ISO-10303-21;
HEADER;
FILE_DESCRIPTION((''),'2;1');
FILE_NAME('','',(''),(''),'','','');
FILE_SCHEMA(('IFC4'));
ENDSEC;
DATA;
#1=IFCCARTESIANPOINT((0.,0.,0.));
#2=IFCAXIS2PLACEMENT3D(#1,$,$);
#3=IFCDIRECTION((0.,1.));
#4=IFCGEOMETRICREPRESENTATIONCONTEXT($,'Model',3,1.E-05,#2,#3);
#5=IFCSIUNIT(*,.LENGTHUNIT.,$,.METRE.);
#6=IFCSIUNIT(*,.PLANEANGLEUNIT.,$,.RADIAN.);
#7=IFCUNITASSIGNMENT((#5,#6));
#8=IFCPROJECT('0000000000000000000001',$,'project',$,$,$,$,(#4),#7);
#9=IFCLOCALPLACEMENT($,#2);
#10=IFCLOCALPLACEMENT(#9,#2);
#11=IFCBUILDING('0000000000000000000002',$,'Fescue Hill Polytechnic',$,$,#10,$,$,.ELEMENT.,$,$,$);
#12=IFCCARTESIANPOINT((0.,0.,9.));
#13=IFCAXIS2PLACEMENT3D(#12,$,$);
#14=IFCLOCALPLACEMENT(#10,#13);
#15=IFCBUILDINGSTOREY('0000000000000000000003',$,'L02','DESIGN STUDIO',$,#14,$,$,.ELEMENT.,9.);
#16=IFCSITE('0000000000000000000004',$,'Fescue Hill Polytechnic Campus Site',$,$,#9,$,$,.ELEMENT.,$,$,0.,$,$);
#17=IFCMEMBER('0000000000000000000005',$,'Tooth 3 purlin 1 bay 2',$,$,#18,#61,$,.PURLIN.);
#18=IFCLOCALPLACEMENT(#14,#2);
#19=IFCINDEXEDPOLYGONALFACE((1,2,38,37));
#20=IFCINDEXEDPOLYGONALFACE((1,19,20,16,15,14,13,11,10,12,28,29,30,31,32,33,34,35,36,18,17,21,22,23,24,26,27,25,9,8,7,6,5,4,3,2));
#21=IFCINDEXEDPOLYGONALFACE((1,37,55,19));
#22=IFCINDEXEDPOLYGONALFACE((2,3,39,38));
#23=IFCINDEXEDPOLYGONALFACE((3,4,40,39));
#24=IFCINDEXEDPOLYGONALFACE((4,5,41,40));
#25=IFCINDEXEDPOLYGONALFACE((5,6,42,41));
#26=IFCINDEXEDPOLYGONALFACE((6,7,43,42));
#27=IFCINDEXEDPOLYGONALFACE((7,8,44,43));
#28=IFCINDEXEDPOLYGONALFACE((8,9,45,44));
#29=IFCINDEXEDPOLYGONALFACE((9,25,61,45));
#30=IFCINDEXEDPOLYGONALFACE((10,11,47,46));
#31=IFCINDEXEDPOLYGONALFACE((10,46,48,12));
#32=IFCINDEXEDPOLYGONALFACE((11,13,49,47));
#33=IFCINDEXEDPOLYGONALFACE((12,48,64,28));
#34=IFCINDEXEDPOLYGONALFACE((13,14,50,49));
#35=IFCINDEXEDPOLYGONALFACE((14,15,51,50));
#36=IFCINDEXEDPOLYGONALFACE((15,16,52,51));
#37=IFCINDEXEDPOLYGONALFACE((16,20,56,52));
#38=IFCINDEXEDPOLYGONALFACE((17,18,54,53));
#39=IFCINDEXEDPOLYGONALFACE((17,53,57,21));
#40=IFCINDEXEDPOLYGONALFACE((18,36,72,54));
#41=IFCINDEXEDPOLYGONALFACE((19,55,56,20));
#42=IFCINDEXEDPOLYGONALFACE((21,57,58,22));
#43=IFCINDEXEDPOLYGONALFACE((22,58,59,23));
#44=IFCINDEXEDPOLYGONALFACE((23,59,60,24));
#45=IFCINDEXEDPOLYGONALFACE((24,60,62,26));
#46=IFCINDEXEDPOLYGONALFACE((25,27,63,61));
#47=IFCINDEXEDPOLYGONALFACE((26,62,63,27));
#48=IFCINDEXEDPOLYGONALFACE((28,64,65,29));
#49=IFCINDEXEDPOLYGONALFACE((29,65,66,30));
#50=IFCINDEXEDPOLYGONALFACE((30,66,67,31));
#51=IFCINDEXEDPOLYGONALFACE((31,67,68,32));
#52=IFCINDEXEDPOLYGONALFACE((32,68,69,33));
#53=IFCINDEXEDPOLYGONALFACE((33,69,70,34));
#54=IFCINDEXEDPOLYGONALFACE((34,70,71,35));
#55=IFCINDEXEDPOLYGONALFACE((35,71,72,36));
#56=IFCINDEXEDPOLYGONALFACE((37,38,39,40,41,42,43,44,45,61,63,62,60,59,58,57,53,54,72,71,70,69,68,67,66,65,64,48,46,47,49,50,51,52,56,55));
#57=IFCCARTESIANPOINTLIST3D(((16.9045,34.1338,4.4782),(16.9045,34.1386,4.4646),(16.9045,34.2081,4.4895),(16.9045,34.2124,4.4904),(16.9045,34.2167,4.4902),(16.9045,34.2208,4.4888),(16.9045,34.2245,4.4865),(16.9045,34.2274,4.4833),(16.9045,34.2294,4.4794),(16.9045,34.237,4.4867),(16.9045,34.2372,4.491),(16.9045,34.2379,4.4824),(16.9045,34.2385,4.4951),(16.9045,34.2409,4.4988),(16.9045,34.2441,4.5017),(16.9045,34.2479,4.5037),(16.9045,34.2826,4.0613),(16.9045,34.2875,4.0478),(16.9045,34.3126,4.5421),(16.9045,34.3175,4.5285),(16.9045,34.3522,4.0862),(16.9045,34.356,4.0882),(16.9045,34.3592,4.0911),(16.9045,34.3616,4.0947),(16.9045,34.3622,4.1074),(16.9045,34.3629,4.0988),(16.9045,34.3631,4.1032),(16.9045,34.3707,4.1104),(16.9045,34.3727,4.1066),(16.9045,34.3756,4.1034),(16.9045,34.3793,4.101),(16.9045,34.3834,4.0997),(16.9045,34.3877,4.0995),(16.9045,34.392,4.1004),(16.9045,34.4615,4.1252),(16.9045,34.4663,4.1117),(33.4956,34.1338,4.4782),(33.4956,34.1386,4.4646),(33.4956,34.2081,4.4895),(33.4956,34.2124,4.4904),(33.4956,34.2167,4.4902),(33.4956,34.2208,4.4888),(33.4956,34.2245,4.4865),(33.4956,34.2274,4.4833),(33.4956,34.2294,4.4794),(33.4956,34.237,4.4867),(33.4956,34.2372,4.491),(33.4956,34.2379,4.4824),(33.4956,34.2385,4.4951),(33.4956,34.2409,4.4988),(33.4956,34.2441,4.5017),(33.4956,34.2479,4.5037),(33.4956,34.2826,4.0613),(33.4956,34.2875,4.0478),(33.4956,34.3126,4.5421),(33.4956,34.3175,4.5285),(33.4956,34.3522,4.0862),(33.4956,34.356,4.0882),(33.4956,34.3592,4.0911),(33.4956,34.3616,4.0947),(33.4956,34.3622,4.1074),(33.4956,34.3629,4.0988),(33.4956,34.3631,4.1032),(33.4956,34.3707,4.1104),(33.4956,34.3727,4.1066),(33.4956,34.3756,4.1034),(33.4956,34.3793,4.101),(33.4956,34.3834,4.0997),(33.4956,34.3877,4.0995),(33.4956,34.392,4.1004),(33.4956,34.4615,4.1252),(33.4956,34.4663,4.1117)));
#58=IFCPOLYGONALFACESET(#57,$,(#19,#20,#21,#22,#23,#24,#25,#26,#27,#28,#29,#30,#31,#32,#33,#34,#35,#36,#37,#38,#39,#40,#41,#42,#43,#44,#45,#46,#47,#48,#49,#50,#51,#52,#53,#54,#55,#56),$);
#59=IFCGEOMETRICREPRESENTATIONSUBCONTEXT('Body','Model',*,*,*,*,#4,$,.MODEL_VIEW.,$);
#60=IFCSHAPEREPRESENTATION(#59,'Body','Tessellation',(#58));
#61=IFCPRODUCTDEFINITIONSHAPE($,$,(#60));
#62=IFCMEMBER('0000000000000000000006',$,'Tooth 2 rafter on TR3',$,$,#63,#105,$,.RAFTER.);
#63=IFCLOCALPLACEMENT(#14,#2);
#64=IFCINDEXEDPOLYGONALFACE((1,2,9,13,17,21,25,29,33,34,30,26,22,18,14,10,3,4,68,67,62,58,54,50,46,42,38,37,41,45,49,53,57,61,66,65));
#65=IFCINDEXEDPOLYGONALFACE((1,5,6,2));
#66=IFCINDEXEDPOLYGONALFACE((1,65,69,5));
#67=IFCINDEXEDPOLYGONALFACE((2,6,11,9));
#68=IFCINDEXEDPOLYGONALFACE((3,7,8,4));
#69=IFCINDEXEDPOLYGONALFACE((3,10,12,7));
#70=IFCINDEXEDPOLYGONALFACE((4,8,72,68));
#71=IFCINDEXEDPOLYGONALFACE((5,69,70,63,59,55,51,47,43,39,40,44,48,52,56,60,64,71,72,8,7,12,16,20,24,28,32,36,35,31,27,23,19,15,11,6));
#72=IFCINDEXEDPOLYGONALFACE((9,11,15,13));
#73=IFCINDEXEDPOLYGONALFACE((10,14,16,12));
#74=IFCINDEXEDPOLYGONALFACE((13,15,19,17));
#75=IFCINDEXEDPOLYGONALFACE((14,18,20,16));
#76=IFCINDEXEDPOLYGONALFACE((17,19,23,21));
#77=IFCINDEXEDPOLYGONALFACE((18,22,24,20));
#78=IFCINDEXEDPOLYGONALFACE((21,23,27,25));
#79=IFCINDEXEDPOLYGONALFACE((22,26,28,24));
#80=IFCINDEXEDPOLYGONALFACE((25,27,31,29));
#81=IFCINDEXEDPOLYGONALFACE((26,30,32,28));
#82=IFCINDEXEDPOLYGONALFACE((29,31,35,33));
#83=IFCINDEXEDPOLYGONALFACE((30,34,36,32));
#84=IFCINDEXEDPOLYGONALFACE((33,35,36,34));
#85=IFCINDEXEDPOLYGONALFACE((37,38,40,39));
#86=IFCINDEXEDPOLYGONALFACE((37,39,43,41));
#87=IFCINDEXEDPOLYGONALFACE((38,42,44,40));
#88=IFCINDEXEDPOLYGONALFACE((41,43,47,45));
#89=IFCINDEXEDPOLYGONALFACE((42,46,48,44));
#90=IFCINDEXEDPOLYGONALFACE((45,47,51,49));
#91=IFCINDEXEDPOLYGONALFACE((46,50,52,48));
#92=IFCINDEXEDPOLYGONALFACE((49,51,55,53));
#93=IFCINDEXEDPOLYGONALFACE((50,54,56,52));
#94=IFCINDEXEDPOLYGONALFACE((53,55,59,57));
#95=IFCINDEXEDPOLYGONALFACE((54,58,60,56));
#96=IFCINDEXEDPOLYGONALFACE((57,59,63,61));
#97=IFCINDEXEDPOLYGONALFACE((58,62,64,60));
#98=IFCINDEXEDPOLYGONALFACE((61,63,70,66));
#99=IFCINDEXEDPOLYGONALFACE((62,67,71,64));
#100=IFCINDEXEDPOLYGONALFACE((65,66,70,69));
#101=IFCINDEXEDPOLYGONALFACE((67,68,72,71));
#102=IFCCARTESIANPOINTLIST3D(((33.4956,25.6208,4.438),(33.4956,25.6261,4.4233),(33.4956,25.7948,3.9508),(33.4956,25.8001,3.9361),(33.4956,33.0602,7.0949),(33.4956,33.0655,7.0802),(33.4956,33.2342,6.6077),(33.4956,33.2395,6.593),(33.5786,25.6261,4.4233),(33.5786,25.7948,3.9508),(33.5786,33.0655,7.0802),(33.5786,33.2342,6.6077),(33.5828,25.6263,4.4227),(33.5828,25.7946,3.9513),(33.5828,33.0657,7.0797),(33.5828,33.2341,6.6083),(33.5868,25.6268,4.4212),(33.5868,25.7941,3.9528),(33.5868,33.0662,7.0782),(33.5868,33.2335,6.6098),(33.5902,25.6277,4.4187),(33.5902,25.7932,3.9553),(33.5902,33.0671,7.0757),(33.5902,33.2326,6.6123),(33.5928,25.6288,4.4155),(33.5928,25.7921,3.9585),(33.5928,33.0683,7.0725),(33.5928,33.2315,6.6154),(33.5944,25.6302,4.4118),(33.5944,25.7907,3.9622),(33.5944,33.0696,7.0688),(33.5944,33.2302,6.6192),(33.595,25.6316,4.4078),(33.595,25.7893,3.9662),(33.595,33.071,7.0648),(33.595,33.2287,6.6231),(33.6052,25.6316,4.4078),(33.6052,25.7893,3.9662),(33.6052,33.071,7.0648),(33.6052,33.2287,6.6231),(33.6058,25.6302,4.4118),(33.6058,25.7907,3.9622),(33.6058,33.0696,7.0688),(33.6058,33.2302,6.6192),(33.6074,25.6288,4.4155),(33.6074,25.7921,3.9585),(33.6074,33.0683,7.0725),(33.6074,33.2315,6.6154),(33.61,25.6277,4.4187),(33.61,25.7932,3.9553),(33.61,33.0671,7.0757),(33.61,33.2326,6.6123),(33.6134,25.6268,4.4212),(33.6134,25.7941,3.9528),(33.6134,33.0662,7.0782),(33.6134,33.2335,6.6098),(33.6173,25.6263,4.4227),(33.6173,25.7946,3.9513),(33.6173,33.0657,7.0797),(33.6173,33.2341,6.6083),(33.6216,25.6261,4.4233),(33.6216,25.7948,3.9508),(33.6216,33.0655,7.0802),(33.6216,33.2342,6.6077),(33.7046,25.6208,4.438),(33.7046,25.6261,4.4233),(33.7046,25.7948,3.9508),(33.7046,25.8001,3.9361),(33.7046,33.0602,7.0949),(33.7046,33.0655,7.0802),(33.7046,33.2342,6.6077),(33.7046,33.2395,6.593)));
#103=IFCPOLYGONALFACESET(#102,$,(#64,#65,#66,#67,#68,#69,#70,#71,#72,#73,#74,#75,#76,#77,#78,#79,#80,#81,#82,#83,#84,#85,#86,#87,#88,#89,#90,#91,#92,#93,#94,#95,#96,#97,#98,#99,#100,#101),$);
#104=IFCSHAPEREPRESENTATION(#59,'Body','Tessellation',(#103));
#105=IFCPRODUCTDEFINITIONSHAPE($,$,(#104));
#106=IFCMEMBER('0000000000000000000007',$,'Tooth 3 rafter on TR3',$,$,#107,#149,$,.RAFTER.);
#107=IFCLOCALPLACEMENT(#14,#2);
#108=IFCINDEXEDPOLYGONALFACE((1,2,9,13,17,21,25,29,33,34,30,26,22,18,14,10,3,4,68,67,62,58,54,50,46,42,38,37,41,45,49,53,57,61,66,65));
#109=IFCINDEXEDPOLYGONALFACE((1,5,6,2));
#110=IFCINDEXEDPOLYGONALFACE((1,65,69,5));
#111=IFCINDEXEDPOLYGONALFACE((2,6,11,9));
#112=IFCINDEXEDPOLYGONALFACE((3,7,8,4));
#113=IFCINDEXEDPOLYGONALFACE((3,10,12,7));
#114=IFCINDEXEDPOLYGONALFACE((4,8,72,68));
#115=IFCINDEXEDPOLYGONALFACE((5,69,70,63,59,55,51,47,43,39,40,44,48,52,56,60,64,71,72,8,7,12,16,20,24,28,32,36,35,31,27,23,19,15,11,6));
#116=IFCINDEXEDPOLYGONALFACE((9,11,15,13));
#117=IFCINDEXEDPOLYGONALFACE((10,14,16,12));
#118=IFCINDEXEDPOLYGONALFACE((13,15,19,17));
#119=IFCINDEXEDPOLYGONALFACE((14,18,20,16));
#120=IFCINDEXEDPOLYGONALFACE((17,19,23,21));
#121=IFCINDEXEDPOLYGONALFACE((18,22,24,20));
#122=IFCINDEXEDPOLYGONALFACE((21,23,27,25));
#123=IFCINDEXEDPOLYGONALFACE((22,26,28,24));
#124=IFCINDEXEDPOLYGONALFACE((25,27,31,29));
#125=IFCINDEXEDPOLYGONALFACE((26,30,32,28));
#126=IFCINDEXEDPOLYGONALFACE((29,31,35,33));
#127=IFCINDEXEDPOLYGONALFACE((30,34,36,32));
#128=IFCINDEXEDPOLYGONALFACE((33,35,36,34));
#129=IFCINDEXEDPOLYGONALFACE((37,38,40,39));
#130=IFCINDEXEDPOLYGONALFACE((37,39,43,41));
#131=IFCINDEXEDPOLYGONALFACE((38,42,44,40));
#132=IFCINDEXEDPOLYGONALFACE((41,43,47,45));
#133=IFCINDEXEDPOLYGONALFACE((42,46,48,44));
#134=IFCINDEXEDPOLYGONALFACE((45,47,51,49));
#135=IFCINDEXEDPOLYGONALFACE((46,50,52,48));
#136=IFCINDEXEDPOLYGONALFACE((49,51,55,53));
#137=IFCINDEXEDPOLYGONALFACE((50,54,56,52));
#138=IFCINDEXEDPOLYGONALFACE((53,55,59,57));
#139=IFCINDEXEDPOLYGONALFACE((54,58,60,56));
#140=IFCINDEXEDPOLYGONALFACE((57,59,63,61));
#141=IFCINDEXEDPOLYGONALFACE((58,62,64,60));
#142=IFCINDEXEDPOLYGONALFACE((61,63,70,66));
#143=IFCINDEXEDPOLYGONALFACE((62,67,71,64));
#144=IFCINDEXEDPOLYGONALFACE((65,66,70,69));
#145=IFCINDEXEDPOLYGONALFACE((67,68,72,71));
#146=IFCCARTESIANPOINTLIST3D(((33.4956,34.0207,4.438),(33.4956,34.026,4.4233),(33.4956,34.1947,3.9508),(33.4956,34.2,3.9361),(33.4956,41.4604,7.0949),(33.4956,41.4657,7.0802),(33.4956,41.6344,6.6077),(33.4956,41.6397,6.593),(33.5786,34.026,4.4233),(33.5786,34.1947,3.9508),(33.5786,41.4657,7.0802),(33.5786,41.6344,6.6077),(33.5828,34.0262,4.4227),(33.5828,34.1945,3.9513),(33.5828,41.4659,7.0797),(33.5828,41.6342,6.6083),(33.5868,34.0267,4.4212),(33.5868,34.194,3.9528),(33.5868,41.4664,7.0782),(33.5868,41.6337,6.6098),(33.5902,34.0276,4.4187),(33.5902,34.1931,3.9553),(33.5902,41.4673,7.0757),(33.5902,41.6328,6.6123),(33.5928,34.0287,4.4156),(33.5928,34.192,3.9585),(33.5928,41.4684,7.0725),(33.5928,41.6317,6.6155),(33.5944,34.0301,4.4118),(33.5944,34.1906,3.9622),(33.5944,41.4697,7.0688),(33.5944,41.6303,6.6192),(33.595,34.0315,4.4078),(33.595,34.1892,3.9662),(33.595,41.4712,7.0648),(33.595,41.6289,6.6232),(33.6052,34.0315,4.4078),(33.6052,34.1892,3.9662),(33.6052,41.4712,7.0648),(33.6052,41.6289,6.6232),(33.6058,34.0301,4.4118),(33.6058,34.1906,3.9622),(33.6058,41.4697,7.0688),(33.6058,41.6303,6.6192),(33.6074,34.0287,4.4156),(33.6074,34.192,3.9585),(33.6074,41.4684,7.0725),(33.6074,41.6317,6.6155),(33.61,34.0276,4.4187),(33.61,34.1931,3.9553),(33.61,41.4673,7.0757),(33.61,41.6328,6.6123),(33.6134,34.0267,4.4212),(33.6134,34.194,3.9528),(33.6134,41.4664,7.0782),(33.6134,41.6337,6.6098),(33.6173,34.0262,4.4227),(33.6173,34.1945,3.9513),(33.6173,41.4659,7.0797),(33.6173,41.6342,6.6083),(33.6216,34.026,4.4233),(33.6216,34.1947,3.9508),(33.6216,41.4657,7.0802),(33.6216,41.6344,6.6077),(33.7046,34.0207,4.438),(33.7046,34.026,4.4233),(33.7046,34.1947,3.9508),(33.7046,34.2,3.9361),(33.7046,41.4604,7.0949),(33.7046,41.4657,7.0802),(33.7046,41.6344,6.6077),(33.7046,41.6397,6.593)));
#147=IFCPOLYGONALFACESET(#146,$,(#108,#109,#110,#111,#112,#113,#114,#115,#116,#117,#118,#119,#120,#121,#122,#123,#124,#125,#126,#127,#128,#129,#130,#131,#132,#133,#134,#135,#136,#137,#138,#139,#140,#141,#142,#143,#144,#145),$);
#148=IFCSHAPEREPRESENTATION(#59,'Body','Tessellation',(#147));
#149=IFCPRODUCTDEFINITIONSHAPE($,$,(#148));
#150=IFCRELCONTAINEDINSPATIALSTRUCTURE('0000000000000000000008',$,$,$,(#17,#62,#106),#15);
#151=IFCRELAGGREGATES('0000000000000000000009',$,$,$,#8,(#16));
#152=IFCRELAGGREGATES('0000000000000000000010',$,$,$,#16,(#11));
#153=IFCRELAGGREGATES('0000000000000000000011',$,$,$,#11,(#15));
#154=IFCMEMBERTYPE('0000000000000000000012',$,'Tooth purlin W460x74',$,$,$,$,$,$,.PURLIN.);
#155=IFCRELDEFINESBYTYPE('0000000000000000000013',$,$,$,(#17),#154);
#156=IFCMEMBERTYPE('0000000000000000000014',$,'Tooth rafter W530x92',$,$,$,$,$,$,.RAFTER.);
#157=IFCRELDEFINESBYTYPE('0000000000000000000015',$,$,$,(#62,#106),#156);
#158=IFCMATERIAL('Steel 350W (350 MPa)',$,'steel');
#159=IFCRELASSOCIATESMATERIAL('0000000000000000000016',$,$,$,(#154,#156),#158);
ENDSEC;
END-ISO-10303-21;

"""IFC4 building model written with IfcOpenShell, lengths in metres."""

from ifc_helpers import new_model, si_unit, direction, frame, origin, origin_2d, place, context, subcontext, project, spatial, i_section, extrude, material, material_profile, profile_set, type_object, element, save


model = new_model("IFC4")

# Units and contexts
model_context = context("Model", 3, precision=1e-05, world=origin(), true_north=direction((0.0, 1.0)))
body_context = subcontext(model_context, "Body", "Model", "MODEL_VIEW")
ifc_project = project(units=[si_unit("LENGTHUNIT", "METRE"), si_unit("PLANEANGLEUNIT", "RADIAN")], contexts=[model_context])

# Site, building, storey
site_placement = place(None, origin())
site = spatial("IfcSite", under=ifc_project, at=site_placement, Name="Fescue Hill Polytechnic Campus Site", CompositionType="ELEMENT", RefElevation=0.0)
building_placement = place(site_placement, origin())
building = spatial("IfcBuilding", under=site, at=building_placement, Name="Fescue Hill Polytechnic", CompositionType="ELEMENT")
storey_placement = place(building_placement, frame((0.0, 0.0, 9.0)))
storey = spatial("IfcBuildingStorey", under=building, at=storey_placement, Name="L02", Description="DESIGN STUDIO", CompositionType="ELEMENT", Elevation=9.0)

# Members
ifc_material = material(Name="Steel 350W (350 MPa)", Category="steel")
ifc_material_profile_1 = material_profile(ifc_material, i_section(OverallWidth=0.1899, OverallDepth=0.457, WebThickness=0.009, FlangeThickness=0.0144, FilletRadius=0.0166, at=origin_2d()), Name="W460x74")
ifc_profile_set_1 = profile_set([ifc_material_profile_1], Name="Steel 350W (350 MPa)")
member_type_1 = type_object("IfcMemberType", Name="Tooth purlin W460x74", PredefinedType="PURLIN", material=ifc_profile_set_1)
for number, where, z_axis, x_axis, name in (
    (1, (16.9045, 34.3, 4.2949), (1.0, 0.0, 0.0), (0.0, 0.941742, 0.336336), "Tooth 3 purlin 1 bay 2"),
):
    element("IfcMember", number, at=place(storey_placement, frame(where, z_axis=z_axis, x_axis=x_axis)), inside=storey, type_object=member_type_1, Name=name, PredefinedType="PURLIN", context=body_context, shape_type="SweptSolid", body=[
        extrude(i_section(OverallWidth=0.1899, OverallDepth=0.457, WebThickness=0.009, FlangeThickness=0.0144, FilletRadius=0.0166, at=origin_2d()), origin(), (0.0, 0.0, 1.0), 16.5911),
    ])
ifc_material_profile_2 = material_profile(ifc_material, i_section(OverallWidth=0.209, OverallDepth=0.533, WebThickness=0.0103, FlangeThickness=0.0156, FilletRadius=0.0164, at=origin_2d()), Name="W530x92")
ifc_profile_set_2 = profile_set([ifc_material_profile_2], Name="Steel 350W (350 MPa)")
member_type_2 = type_object("IfcMemberType", Name="Tooth rafter W530x92", PredefinedType="RAFTER", material=ifc_profile_set_2)
member_1_placement = place(storey_placement, frame((33.6001, 25.7104, 4.187), z_axis=(0.0, 0.941741, 0.33634), x_axis=(-1.0, 0.0, 0.0)))
element("IfcMember", 2, at=member_1_placement, inside=storey, type_object=member_type_2, Name="Tooth 2 rafter on TR3", PredefinedType="RAFTER", context=body_context, shape_type="SweptSolid", body=[
    extrude(i_section(OverallWidth=0.209, OverallDepth=0.533, WebThickness=0.0103, FlangeThickness=0.0156, FilletRadius=0.0164, at=origin_2d()), origin(), (0.0, 0.0, 1.0), 7.8997),
])
member_2_placement = place(storey_placement, frame((33.6001, 34.1104, 4.187), z_axis=(0.0, 0.941744, 0.336331), x_axis=(-1.0, 0.0, 0.0)))
element("IfcMember", 3, at=member_2_placement, inside=storey, type_object=member_type_2, Name="Tooth 3 rafter on TR3", PredefinedType="RAFTER", context=body_context, shape_type="SweptSolid", body=[
    extrude(i_section(OverallWidth=0.209, OverallDepth=0.533, WebThickness=0.0103, FlangeThickness=0.0156, FilletRadius=0.0164, at=origin_2d()), origin(), (0.0, 0.0, 1.0), 7.8999),
])

save(model, "model.ifc")
